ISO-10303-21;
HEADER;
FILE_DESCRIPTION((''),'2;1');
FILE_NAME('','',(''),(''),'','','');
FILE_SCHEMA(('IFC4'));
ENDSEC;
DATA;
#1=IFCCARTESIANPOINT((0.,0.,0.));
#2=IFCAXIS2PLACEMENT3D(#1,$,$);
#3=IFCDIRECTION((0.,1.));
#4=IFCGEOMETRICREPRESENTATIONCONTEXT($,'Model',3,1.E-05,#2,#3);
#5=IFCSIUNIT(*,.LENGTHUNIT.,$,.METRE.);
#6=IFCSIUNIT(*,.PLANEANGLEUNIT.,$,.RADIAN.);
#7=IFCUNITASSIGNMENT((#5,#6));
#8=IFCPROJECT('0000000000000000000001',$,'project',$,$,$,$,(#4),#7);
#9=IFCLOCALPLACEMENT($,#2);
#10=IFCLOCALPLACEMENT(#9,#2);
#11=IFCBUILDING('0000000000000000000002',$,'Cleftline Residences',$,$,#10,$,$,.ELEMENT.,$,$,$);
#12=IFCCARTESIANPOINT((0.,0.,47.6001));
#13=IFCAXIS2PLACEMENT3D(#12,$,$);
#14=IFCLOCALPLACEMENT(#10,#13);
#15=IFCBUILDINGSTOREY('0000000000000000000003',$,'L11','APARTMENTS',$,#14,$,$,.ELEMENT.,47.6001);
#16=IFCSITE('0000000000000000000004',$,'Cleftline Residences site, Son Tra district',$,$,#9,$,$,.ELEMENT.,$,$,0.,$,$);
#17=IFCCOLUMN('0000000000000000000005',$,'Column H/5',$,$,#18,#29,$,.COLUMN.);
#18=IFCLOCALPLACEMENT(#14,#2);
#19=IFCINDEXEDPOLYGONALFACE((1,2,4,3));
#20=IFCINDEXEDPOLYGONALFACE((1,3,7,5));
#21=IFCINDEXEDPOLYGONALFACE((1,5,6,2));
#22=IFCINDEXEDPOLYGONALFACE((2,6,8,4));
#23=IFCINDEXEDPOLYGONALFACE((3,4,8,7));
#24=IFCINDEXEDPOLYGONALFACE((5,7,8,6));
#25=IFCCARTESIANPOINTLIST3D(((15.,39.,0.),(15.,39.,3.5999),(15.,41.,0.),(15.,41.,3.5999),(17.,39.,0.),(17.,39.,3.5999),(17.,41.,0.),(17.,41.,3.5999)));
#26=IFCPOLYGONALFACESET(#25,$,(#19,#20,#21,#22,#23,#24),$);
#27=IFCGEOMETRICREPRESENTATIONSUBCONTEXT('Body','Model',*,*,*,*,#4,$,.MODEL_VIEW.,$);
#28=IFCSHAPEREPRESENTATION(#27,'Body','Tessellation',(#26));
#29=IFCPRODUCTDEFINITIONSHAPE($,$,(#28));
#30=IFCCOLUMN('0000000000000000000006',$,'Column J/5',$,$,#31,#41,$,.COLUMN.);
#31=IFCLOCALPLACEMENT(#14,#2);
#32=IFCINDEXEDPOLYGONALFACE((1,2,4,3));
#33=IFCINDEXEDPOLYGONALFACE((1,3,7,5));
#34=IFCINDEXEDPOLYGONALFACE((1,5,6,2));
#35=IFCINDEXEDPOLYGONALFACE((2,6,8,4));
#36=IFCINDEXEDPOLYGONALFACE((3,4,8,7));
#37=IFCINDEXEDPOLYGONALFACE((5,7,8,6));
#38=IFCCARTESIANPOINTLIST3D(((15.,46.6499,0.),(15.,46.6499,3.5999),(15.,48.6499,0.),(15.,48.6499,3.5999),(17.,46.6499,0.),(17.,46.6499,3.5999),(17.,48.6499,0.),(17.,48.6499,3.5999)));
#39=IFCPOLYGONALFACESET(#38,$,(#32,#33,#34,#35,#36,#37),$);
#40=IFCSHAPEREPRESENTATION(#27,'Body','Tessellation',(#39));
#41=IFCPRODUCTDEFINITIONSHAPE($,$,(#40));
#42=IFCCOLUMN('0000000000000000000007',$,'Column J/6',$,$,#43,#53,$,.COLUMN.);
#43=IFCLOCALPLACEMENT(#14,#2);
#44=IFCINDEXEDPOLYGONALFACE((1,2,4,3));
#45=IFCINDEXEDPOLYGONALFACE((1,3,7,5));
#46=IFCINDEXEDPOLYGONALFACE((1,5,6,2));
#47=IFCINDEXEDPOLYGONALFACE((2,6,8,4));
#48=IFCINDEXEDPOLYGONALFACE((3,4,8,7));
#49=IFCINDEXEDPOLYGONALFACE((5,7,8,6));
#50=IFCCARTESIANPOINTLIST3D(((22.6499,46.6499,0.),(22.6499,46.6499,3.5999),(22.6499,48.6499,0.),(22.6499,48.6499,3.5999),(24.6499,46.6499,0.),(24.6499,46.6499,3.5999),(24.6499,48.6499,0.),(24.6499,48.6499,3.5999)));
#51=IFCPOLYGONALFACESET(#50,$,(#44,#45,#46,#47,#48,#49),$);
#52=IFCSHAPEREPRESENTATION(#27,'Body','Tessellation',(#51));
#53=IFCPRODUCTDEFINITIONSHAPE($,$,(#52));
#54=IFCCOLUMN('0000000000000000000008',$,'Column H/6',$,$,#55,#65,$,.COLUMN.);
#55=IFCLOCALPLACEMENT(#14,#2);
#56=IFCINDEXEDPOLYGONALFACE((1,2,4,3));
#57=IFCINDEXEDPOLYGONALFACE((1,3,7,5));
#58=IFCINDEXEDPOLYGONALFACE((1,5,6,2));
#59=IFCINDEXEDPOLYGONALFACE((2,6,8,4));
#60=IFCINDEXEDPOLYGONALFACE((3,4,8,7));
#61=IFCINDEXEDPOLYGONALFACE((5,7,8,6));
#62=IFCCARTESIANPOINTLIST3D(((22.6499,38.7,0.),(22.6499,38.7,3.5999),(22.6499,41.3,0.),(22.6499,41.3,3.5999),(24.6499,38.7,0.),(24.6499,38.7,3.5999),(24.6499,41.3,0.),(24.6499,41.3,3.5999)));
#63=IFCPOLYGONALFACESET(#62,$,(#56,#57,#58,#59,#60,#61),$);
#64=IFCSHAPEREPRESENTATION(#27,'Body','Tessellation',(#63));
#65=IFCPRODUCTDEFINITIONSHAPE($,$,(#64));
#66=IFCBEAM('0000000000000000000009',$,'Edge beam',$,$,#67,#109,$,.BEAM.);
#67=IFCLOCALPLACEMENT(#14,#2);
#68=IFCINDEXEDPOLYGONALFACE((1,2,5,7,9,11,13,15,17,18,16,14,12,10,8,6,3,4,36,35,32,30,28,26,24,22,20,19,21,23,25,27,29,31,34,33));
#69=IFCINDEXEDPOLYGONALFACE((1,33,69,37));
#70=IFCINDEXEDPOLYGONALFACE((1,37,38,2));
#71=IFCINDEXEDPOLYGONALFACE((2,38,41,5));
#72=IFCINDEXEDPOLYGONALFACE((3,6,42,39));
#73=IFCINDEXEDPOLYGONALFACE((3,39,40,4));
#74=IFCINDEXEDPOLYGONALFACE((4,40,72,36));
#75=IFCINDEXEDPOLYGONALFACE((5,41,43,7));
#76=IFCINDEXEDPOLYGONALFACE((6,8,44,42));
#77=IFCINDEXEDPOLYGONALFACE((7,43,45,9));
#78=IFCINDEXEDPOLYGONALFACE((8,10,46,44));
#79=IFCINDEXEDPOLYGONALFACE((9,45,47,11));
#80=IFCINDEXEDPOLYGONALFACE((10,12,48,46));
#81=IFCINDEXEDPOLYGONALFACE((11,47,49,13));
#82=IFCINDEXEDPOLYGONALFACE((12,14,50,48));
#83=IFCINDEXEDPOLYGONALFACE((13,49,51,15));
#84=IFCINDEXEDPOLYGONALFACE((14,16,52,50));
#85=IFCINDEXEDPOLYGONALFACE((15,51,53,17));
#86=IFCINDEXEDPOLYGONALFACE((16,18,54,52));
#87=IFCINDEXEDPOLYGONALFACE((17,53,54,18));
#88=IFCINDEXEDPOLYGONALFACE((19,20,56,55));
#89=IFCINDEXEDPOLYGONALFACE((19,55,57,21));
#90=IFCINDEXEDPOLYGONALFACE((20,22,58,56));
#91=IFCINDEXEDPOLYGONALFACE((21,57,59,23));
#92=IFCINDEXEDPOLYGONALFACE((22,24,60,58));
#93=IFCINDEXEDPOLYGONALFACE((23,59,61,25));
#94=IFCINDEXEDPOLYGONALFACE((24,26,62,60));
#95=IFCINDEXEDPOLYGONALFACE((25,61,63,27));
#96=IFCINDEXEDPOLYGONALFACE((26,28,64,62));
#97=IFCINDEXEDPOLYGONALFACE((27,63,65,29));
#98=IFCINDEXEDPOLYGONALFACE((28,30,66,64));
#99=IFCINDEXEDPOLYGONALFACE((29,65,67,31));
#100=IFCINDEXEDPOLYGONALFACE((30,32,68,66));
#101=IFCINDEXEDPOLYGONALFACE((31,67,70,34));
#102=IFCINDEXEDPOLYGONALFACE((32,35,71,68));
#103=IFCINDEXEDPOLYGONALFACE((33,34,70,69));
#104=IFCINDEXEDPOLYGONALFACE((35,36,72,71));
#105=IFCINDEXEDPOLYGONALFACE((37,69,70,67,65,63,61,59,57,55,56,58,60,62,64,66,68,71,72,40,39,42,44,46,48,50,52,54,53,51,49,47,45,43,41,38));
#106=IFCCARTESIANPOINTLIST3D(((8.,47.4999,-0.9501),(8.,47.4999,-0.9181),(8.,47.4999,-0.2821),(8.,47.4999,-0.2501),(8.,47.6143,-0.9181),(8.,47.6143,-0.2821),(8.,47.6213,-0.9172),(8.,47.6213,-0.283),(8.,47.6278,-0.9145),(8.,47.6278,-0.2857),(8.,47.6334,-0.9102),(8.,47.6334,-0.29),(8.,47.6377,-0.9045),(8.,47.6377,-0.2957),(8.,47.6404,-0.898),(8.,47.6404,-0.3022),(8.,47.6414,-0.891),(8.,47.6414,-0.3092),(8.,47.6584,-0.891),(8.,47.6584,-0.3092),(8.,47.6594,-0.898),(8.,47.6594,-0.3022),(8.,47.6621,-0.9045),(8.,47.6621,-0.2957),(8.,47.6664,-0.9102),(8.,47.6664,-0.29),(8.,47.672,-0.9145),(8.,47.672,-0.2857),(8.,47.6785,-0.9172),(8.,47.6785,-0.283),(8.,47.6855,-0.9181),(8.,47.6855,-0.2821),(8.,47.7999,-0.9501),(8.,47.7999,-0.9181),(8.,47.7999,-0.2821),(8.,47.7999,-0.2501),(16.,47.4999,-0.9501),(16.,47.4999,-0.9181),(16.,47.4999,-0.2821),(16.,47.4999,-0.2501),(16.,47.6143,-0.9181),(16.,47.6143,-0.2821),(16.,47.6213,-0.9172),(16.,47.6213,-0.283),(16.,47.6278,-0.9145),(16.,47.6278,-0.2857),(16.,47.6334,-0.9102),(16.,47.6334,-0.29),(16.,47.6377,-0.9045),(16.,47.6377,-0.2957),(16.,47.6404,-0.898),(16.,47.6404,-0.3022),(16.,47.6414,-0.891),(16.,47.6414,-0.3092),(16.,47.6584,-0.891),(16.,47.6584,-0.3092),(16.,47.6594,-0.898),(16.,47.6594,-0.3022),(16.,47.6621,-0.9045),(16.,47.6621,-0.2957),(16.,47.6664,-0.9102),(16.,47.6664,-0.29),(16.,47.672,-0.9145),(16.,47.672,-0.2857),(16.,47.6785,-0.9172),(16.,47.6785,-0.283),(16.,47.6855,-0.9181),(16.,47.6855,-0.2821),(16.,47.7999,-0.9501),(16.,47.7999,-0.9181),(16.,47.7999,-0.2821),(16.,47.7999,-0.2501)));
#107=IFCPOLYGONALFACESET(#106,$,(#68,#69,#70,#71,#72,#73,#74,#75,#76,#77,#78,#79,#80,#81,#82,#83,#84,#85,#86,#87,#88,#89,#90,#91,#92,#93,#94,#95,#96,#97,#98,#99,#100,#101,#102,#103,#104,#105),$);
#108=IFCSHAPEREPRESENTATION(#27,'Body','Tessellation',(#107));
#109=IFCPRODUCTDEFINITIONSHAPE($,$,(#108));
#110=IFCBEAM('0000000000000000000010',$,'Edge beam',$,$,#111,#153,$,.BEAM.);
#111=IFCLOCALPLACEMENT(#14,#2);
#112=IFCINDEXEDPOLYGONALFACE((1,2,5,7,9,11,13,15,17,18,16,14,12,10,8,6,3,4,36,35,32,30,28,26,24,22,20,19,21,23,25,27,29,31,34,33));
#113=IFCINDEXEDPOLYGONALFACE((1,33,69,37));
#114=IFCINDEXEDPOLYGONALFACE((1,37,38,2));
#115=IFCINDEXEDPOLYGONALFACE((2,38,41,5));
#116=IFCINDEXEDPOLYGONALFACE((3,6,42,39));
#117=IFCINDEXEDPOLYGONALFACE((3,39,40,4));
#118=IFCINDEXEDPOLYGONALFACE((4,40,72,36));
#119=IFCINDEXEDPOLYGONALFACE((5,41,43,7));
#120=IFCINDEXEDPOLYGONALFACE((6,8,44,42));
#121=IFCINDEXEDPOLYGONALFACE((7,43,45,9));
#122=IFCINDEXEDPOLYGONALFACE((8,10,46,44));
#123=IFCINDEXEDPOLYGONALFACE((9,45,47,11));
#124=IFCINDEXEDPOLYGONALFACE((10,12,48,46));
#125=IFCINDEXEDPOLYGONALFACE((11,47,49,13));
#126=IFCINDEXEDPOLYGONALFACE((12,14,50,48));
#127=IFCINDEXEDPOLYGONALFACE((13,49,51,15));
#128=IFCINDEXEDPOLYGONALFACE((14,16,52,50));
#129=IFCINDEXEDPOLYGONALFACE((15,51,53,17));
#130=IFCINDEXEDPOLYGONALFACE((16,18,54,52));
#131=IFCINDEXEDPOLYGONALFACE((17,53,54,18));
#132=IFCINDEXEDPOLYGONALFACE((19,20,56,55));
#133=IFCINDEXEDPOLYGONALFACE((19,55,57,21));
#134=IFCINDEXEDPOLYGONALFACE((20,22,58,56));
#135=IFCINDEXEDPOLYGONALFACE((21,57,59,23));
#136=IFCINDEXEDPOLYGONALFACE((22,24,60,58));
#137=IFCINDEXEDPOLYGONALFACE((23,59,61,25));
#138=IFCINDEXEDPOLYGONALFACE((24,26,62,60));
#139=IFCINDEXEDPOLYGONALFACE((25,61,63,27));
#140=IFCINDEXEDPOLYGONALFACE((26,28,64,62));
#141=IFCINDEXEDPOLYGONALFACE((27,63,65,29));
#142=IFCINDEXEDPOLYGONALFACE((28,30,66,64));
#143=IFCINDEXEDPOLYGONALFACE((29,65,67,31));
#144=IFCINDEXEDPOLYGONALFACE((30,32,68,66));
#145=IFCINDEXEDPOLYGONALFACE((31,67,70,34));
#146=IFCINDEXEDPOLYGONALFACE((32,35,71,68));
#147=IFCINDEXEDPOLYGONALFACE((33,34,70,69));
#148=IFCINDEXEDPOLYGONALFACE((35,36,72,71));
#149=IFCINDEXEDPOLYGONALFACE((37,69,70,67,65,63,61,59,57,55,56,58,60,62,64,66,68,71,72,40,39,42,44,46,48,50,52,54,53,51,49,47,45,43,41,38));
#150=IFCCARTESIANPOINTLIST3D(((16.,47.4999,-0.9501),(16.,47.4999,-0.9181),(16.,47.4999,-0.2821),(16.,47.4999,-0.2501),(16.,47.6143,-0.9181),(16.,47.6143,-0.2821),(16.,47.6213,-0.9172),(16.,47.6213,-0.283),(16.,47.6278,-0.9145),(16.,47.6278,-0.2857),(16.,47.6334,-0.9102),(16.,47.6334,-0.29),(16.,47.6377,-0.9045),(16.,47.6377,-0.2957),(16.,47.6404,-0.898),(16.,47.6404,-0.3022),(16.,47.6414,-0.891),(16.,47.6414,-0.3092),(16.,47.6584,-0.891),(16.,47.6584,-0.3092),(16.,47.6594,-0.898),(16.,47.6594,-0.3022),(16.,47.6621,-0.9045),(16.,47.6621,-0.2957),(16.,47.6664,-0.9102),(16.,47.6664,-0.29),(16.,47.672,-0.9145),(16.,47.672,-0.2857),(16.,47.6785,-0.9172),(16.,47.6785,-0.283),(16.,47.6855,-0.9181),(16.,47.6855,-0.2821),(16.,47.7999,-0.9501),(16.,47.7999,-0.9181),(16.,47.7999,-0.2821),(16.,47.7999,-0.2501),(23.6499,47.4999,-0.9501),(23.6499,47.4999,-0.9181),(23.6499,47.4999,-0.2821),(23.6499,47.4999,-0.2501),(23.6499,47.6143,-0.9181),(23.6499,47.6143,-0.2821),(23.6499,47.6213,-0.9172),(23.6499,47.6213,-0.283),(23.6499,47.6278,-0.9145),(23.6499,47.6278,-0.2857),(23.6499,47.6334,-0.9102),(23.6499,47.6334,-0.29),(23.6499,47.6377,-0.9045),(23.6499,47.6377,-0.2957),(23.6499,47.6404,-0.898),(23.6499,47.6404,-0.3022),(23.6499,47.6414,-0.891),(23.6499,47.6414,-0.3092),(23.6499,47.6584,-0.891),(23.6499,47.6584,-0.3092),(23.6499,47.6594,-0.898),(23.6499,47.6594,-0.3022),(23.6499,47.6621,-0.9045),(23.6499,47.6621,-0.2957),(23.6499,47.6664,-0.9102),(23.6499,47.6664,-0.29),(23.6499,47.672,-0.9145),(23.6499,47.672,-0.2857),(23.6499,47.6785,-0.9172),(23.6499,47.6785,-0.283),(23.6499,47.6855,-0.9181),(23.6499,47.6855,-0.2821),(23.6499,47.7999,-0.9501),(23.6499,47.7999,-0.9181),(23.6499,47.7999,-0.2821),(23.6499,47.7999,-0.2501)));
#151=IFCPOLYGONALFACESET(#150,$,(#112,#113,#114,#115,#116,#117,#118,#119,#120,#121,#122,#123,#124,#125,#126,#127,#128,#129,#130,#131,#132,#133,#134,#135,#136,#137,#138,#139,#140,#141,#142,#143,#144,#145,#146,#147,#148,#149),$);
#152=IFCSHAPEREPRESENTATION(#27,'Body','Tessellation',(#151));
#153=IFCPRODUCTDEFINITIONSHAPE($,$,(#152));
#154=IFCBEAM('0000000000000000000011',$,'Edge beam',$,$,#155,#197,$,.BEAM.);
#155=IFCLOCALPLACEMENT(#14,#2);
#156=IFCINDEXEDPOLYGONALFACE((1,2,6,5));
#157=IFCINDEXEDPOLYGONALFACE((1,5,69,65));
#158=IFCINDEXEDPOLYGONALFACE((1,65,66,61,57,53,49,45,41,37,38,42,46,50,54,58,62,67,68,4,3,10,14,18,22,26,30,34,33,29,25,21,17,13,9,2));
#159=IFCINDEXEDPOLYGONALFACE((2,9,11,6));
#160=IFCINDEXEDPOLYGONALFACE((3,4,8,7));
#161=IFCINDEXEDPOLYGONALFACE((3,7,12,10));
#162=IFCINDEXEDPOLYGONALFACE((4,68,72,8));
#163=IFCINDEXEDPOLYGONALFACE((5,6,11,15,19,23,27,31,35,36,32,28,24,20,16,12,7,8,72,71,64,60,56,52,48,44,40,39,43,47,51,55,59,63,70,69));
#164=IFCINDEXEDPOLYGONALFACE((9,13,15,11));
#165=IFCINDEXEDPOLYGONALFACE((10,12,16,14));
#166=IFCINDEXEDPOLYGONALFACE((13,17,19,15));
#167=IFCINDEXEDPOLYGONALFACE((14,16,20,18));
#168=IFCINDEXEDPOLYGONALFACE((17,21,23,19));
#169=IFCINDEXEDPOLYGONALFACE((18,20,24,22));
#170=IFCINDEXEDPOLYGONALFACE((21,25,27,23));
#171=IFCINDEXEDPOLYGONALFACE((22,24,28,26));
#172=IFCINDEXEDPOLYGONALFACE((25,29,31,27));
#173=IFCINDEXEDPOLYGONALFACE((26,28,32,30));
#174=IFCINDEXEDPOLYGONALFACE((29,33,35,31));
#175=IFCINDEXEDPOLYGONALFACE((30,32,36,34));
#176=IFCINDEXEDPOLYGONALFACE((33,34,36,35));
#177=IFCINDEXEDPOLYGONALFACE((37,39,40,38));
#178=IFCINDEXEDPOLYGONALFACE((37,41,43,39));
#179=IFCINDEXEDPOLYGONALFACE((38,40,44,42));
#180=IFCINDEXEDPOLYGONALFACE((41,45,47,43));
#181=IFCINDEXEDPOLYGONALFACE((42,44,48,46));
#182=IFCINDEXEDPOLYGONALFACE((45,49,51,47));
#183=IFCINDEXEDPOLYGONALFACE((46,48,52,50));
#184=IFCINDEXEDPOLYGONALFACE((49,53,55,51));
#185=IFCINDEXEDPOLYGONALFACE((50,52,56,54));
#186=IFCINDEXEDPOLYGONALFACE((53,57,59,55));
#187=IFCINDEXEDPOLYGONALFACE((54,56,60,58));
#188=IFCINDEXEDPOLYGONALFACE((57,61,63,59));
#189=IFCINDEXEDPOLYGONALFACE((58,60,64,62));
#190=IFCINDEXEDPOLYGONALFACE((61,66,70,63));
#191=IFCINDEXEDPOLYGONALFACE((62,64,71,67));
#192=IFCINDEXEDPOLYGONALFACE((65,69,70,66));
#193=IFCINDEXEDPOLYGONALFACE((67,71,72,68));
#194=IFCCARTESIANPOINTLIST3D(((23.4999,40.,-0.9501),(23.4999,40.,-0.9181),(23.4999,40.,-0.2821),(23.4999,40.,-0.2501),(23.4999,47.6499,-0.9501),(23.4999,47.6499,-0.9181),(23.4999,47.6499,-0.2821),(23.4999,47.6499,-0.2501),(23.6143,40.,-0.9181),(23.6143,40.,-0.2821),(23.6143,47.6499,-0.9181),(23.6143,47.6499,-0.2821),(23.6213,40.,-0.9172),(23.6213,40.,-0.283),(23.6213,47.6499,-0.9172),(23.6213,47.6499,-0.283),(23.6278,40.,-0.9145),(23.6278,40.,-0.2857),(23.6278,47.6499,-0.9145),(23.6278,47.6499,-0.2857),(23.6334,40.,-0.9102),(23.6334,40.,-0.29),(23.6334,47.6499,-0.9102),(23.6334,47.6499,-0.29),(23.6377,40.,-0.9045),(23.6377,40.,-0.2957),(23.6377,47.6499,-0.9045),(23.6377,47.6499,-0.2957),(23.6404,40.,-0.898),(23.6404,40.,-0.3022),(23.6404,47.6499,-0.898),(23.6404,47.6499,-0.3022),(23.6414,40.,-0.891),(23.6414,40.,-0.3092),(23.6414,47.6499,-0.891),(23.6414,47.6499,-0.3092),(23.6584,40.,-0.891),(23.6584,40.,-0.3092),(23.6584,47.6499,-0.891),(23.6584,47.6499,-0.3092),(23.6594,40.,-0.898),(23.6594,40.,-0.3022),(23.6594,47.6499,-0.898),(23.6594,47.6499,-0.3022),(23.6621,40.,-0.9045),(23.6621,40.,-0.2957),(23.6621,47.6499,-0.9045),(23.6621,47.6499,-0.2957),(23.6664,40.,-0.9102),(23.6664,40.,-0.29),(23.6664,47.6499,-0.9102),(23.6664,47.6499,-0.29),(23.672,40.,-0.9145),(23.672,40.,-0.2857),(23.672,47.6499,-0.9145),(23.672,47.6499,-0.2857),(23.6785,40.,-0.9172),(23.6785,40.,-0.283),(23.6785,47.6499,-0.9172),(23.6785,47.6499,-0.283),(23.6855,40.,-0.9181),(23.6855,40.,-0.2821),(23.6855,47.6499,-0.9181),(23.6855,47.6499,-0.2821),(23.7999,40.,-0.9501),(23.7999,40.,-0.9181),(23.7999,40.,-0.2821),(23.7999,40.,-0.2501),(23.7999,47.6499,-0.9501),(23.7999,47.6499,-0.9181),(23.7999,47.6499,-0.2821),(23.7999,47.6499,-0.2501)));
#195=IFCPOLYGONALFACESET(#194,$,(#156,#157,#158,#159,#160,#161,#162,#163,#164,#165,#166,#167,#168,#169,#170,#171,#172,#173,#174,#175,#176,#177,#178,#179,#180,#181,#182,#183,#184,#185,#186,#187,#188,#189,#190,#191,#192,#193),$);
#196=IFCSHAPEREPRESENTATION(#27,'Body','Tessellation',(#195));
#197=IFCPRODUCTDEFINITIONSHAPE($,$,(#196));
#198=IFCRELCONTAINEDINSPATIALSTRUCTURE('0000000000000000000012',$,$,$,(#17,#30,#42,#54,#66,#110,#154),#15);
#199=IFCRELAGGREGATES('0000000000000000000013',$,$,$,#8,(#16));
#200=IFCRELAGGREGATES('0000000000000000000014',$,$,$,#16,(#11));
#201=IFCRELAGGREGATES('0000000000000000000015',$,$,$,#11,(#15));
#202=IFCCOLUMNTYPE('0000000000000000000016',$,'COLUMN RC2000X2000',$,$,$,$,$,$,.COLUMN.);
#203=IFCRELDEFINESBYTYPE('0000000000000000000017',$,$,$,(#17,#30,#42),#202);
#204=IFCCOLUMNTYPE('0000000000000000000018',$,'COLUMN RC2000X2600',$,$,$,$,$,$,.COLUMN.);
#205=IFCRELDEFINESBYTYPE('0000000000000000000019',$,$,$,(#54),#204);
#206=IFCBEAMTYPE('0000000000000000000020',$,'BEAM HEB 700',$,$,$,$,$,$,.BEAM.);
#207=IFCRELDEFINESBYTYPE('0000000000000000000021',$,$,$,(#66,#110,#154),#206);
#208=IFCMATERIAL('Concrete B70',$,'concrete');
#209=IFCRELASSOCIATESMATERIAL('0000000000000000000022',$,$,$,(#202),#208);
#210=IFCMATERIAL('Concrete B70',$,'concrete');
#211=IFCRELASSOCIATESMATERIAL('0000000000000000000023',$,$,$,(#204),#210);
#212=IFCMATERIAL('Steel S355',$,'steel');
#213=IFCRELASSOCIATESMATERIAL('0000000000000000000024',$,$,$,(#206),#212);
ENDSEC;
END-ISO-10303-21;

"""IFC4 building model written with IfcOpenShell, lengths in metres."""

from ifc_helpers import new_model, si_unit, direction, frame, origin, origin_2d, place, context, subcontext, project, spatial, rectangle, i_section, extrude, material, material_profile, profile_set, type_object, element, save


model = new_model("IFC4")

# Units and contexts
model_context = context("Model", 3, precision=1e-05, world=origin(), true_north=direction((0.0, 1.0)))
body_context = subcontext(model_context, "Body", "Model", "MODEL_VIEW")
ifc_project = project(units=[si_unit("LENGTHUNIT", "METRE"), si_unit("PLANEANGLEUNIT", "RADIAN")], contexts=[model_context])

# Site, building, storey
site_placement = place(None, origin())
site = spatial("IfcSite", under=ifc_project, at=site_placement, Name="Cleftline Residences site, Son Tra district", CompositionType="ELEMENT", RefElevation=0.0)
building_placement = place(site_placement, origin())
building = spatial("IfcBuilding", under=site, at=building_placement, Name="Cleftline Residences", CompositionType="ELEMENT")
storey_placement = place(building_placement, frame((0.0, 0.0, 47.6001)))
storey = spatial("IfcBuildingStorey", under=building, at=storey_placement, Name="L11", Description="APARTMENTS", CompositionType="ELEMENT", Elevation=47.6001)

# Columns
ifc_material_1 = material(Name="Concrete B70", Category="concrete")
ifc_material_profile_1 = material_profile(ifc_material_1, rectangle(XDim=2.0, YDim=2.0, at=origin_2d()))
ifc_profile_set_1 = profile_set([ifc_material_profile_1], Name="Concrete B70")
column_type_1 = type_object("IfcColumnType", Name="COLUMN RC2000X2000", PredefinedType="COLUMN", material=ifc_profile_set_1)
for number, where, z_axis, x_axis, name in (
    (1, (16.0, 40.0, 0.0), (0.0, 0.0, 1.0), (1.0, 0.0, 0.0), "Column H/5"),
    (2, (16.0, 47.6499, 0.0), (0.0, 0.0, 1.0), (1.0, 0.0, 0.0), "Column J/5"),
    (3, (23.6499, 47.6499, 0.0), (0.0, 0.0, 1.0), (1.0, 0.0, 0.0), "Column J/6"),
):
    element("IfcColumn", number, at=place(storey_placement, frame(where, z_axis=z_axis, x_axis=x_axis)), inside=storey, type_object=column_type_1, Name=name, PredefinedType="COLUMN", context=body_context, shape_type="SweptSolid", body=[
        extrude(rectangle(XDim=2.0, YDim=2.0, at=origin_2d()), origin(), (0.0, 0.0, 1.0), 3.5999),
    ])
ifc_material_2 = material(Name="Concrete B70", Category="concrete")
ifc_material_profile_2 = material_profile(ifc_material_2, rectangle(XDim=2.0, YDim=2.6001, at=origin_2d()))
ifc_profile_set_2 = profile_set([ifc_material_profile_2], Name="Concrete B70")
column_type_2 = type_object("IfcColumnType", Name="COLUMN RC2000X2600", PredefinedType="COLUMN", material=ifc_profile_set_2)
column_placement = place(storey_placement, frame((23.6499, 40.0, 0.0), z_axis=(0.0, 0.0, 1.0), x_axis=(1.0, 0.0, 0.0)))
element("IfcColumn", 4, at=column_placement, inside=storey, type_object=column_type_2, Name="Column H/6", PredefinedType="COLUMN", context=body_context, shape_type="SweptSolid", body=[
    extrude(rectangle(XDim=2.0, YDim=2.6001, at=origin_2d()), origin(), (0.0, 0.0, 1.0), 3.5999),
])

# Beams
ifc_material_3 = material(Name="Steel S355", Category="steel")
ifc_material_profile_3 = material_profile(ifc_material_3, i_section(OverallWidth=0.3, OverallDepth=0.7, WebThickness=0.0171, FlangeThickness=0.032, FilletRadius=0.0271, at=origin_2d()))
ifc_profile_set_3 = profile_set([ifc_material_profile_3], Name="Steel S355")
beam_type = type_object("IfcBeamType", Name="BEAM HEB 700", PredefinedType="BEAM", material=ifc_profile_set_3)
beam_placement = place(storey_placement, frame((8.0, 47.6499, -0.6001), z_axis=(1.0, 0.0, 0.0), x_axis=(0.0, 1.0, 0.0)))
element("IfcBeam", 5, at=beam_placement, inside=storey, type_object=beam_type, Name="Edge beam", PredefinedType="BEAM", context=body_context, shape_type="SweptSolid", body=[
    extrude(i_section(OverallWidth=0.3, OverallDepth=0.7, WebThickness=0.0171, FlangeThickness=0.032, FilletRadius=0.0271, at=origin_2d()), origin(), (0.0, 0.0, 1.0), 8.0),
])
for number, where, z_axis, x_axis, name in (
    (6, (16.0, 47.6499, -0.6001), (1.0, 0.0, 0.0), (0.0, 1.0, 0.0), "Edge beam"),
    (7, (23.6499, 47.6499, -0.6001), (0.0, -1.0, 0.0), (1.0, 0.0, 0.0), "Edge beam"),
):
    element("IfcBeam", number, at=place(storey_placement, frame(where, z_axis=z_axis, x_axis=x_axis)), inside=storey, type_object=beam_type, Name=name, PredefinedType="BEAM", context=body_context, shape_type="SweptSolid", body=[
        extrude(i_section(OverallWidth=0.3, OverallDepth=0.7, WebThickness=0.0171, FlangeThickness=0.032, FilletRadius=0.0271, at=origin_2d()), origin(), (0.0, 0.0, 1.0), 7.6499),
    ])

save(model, "model.ifc")
